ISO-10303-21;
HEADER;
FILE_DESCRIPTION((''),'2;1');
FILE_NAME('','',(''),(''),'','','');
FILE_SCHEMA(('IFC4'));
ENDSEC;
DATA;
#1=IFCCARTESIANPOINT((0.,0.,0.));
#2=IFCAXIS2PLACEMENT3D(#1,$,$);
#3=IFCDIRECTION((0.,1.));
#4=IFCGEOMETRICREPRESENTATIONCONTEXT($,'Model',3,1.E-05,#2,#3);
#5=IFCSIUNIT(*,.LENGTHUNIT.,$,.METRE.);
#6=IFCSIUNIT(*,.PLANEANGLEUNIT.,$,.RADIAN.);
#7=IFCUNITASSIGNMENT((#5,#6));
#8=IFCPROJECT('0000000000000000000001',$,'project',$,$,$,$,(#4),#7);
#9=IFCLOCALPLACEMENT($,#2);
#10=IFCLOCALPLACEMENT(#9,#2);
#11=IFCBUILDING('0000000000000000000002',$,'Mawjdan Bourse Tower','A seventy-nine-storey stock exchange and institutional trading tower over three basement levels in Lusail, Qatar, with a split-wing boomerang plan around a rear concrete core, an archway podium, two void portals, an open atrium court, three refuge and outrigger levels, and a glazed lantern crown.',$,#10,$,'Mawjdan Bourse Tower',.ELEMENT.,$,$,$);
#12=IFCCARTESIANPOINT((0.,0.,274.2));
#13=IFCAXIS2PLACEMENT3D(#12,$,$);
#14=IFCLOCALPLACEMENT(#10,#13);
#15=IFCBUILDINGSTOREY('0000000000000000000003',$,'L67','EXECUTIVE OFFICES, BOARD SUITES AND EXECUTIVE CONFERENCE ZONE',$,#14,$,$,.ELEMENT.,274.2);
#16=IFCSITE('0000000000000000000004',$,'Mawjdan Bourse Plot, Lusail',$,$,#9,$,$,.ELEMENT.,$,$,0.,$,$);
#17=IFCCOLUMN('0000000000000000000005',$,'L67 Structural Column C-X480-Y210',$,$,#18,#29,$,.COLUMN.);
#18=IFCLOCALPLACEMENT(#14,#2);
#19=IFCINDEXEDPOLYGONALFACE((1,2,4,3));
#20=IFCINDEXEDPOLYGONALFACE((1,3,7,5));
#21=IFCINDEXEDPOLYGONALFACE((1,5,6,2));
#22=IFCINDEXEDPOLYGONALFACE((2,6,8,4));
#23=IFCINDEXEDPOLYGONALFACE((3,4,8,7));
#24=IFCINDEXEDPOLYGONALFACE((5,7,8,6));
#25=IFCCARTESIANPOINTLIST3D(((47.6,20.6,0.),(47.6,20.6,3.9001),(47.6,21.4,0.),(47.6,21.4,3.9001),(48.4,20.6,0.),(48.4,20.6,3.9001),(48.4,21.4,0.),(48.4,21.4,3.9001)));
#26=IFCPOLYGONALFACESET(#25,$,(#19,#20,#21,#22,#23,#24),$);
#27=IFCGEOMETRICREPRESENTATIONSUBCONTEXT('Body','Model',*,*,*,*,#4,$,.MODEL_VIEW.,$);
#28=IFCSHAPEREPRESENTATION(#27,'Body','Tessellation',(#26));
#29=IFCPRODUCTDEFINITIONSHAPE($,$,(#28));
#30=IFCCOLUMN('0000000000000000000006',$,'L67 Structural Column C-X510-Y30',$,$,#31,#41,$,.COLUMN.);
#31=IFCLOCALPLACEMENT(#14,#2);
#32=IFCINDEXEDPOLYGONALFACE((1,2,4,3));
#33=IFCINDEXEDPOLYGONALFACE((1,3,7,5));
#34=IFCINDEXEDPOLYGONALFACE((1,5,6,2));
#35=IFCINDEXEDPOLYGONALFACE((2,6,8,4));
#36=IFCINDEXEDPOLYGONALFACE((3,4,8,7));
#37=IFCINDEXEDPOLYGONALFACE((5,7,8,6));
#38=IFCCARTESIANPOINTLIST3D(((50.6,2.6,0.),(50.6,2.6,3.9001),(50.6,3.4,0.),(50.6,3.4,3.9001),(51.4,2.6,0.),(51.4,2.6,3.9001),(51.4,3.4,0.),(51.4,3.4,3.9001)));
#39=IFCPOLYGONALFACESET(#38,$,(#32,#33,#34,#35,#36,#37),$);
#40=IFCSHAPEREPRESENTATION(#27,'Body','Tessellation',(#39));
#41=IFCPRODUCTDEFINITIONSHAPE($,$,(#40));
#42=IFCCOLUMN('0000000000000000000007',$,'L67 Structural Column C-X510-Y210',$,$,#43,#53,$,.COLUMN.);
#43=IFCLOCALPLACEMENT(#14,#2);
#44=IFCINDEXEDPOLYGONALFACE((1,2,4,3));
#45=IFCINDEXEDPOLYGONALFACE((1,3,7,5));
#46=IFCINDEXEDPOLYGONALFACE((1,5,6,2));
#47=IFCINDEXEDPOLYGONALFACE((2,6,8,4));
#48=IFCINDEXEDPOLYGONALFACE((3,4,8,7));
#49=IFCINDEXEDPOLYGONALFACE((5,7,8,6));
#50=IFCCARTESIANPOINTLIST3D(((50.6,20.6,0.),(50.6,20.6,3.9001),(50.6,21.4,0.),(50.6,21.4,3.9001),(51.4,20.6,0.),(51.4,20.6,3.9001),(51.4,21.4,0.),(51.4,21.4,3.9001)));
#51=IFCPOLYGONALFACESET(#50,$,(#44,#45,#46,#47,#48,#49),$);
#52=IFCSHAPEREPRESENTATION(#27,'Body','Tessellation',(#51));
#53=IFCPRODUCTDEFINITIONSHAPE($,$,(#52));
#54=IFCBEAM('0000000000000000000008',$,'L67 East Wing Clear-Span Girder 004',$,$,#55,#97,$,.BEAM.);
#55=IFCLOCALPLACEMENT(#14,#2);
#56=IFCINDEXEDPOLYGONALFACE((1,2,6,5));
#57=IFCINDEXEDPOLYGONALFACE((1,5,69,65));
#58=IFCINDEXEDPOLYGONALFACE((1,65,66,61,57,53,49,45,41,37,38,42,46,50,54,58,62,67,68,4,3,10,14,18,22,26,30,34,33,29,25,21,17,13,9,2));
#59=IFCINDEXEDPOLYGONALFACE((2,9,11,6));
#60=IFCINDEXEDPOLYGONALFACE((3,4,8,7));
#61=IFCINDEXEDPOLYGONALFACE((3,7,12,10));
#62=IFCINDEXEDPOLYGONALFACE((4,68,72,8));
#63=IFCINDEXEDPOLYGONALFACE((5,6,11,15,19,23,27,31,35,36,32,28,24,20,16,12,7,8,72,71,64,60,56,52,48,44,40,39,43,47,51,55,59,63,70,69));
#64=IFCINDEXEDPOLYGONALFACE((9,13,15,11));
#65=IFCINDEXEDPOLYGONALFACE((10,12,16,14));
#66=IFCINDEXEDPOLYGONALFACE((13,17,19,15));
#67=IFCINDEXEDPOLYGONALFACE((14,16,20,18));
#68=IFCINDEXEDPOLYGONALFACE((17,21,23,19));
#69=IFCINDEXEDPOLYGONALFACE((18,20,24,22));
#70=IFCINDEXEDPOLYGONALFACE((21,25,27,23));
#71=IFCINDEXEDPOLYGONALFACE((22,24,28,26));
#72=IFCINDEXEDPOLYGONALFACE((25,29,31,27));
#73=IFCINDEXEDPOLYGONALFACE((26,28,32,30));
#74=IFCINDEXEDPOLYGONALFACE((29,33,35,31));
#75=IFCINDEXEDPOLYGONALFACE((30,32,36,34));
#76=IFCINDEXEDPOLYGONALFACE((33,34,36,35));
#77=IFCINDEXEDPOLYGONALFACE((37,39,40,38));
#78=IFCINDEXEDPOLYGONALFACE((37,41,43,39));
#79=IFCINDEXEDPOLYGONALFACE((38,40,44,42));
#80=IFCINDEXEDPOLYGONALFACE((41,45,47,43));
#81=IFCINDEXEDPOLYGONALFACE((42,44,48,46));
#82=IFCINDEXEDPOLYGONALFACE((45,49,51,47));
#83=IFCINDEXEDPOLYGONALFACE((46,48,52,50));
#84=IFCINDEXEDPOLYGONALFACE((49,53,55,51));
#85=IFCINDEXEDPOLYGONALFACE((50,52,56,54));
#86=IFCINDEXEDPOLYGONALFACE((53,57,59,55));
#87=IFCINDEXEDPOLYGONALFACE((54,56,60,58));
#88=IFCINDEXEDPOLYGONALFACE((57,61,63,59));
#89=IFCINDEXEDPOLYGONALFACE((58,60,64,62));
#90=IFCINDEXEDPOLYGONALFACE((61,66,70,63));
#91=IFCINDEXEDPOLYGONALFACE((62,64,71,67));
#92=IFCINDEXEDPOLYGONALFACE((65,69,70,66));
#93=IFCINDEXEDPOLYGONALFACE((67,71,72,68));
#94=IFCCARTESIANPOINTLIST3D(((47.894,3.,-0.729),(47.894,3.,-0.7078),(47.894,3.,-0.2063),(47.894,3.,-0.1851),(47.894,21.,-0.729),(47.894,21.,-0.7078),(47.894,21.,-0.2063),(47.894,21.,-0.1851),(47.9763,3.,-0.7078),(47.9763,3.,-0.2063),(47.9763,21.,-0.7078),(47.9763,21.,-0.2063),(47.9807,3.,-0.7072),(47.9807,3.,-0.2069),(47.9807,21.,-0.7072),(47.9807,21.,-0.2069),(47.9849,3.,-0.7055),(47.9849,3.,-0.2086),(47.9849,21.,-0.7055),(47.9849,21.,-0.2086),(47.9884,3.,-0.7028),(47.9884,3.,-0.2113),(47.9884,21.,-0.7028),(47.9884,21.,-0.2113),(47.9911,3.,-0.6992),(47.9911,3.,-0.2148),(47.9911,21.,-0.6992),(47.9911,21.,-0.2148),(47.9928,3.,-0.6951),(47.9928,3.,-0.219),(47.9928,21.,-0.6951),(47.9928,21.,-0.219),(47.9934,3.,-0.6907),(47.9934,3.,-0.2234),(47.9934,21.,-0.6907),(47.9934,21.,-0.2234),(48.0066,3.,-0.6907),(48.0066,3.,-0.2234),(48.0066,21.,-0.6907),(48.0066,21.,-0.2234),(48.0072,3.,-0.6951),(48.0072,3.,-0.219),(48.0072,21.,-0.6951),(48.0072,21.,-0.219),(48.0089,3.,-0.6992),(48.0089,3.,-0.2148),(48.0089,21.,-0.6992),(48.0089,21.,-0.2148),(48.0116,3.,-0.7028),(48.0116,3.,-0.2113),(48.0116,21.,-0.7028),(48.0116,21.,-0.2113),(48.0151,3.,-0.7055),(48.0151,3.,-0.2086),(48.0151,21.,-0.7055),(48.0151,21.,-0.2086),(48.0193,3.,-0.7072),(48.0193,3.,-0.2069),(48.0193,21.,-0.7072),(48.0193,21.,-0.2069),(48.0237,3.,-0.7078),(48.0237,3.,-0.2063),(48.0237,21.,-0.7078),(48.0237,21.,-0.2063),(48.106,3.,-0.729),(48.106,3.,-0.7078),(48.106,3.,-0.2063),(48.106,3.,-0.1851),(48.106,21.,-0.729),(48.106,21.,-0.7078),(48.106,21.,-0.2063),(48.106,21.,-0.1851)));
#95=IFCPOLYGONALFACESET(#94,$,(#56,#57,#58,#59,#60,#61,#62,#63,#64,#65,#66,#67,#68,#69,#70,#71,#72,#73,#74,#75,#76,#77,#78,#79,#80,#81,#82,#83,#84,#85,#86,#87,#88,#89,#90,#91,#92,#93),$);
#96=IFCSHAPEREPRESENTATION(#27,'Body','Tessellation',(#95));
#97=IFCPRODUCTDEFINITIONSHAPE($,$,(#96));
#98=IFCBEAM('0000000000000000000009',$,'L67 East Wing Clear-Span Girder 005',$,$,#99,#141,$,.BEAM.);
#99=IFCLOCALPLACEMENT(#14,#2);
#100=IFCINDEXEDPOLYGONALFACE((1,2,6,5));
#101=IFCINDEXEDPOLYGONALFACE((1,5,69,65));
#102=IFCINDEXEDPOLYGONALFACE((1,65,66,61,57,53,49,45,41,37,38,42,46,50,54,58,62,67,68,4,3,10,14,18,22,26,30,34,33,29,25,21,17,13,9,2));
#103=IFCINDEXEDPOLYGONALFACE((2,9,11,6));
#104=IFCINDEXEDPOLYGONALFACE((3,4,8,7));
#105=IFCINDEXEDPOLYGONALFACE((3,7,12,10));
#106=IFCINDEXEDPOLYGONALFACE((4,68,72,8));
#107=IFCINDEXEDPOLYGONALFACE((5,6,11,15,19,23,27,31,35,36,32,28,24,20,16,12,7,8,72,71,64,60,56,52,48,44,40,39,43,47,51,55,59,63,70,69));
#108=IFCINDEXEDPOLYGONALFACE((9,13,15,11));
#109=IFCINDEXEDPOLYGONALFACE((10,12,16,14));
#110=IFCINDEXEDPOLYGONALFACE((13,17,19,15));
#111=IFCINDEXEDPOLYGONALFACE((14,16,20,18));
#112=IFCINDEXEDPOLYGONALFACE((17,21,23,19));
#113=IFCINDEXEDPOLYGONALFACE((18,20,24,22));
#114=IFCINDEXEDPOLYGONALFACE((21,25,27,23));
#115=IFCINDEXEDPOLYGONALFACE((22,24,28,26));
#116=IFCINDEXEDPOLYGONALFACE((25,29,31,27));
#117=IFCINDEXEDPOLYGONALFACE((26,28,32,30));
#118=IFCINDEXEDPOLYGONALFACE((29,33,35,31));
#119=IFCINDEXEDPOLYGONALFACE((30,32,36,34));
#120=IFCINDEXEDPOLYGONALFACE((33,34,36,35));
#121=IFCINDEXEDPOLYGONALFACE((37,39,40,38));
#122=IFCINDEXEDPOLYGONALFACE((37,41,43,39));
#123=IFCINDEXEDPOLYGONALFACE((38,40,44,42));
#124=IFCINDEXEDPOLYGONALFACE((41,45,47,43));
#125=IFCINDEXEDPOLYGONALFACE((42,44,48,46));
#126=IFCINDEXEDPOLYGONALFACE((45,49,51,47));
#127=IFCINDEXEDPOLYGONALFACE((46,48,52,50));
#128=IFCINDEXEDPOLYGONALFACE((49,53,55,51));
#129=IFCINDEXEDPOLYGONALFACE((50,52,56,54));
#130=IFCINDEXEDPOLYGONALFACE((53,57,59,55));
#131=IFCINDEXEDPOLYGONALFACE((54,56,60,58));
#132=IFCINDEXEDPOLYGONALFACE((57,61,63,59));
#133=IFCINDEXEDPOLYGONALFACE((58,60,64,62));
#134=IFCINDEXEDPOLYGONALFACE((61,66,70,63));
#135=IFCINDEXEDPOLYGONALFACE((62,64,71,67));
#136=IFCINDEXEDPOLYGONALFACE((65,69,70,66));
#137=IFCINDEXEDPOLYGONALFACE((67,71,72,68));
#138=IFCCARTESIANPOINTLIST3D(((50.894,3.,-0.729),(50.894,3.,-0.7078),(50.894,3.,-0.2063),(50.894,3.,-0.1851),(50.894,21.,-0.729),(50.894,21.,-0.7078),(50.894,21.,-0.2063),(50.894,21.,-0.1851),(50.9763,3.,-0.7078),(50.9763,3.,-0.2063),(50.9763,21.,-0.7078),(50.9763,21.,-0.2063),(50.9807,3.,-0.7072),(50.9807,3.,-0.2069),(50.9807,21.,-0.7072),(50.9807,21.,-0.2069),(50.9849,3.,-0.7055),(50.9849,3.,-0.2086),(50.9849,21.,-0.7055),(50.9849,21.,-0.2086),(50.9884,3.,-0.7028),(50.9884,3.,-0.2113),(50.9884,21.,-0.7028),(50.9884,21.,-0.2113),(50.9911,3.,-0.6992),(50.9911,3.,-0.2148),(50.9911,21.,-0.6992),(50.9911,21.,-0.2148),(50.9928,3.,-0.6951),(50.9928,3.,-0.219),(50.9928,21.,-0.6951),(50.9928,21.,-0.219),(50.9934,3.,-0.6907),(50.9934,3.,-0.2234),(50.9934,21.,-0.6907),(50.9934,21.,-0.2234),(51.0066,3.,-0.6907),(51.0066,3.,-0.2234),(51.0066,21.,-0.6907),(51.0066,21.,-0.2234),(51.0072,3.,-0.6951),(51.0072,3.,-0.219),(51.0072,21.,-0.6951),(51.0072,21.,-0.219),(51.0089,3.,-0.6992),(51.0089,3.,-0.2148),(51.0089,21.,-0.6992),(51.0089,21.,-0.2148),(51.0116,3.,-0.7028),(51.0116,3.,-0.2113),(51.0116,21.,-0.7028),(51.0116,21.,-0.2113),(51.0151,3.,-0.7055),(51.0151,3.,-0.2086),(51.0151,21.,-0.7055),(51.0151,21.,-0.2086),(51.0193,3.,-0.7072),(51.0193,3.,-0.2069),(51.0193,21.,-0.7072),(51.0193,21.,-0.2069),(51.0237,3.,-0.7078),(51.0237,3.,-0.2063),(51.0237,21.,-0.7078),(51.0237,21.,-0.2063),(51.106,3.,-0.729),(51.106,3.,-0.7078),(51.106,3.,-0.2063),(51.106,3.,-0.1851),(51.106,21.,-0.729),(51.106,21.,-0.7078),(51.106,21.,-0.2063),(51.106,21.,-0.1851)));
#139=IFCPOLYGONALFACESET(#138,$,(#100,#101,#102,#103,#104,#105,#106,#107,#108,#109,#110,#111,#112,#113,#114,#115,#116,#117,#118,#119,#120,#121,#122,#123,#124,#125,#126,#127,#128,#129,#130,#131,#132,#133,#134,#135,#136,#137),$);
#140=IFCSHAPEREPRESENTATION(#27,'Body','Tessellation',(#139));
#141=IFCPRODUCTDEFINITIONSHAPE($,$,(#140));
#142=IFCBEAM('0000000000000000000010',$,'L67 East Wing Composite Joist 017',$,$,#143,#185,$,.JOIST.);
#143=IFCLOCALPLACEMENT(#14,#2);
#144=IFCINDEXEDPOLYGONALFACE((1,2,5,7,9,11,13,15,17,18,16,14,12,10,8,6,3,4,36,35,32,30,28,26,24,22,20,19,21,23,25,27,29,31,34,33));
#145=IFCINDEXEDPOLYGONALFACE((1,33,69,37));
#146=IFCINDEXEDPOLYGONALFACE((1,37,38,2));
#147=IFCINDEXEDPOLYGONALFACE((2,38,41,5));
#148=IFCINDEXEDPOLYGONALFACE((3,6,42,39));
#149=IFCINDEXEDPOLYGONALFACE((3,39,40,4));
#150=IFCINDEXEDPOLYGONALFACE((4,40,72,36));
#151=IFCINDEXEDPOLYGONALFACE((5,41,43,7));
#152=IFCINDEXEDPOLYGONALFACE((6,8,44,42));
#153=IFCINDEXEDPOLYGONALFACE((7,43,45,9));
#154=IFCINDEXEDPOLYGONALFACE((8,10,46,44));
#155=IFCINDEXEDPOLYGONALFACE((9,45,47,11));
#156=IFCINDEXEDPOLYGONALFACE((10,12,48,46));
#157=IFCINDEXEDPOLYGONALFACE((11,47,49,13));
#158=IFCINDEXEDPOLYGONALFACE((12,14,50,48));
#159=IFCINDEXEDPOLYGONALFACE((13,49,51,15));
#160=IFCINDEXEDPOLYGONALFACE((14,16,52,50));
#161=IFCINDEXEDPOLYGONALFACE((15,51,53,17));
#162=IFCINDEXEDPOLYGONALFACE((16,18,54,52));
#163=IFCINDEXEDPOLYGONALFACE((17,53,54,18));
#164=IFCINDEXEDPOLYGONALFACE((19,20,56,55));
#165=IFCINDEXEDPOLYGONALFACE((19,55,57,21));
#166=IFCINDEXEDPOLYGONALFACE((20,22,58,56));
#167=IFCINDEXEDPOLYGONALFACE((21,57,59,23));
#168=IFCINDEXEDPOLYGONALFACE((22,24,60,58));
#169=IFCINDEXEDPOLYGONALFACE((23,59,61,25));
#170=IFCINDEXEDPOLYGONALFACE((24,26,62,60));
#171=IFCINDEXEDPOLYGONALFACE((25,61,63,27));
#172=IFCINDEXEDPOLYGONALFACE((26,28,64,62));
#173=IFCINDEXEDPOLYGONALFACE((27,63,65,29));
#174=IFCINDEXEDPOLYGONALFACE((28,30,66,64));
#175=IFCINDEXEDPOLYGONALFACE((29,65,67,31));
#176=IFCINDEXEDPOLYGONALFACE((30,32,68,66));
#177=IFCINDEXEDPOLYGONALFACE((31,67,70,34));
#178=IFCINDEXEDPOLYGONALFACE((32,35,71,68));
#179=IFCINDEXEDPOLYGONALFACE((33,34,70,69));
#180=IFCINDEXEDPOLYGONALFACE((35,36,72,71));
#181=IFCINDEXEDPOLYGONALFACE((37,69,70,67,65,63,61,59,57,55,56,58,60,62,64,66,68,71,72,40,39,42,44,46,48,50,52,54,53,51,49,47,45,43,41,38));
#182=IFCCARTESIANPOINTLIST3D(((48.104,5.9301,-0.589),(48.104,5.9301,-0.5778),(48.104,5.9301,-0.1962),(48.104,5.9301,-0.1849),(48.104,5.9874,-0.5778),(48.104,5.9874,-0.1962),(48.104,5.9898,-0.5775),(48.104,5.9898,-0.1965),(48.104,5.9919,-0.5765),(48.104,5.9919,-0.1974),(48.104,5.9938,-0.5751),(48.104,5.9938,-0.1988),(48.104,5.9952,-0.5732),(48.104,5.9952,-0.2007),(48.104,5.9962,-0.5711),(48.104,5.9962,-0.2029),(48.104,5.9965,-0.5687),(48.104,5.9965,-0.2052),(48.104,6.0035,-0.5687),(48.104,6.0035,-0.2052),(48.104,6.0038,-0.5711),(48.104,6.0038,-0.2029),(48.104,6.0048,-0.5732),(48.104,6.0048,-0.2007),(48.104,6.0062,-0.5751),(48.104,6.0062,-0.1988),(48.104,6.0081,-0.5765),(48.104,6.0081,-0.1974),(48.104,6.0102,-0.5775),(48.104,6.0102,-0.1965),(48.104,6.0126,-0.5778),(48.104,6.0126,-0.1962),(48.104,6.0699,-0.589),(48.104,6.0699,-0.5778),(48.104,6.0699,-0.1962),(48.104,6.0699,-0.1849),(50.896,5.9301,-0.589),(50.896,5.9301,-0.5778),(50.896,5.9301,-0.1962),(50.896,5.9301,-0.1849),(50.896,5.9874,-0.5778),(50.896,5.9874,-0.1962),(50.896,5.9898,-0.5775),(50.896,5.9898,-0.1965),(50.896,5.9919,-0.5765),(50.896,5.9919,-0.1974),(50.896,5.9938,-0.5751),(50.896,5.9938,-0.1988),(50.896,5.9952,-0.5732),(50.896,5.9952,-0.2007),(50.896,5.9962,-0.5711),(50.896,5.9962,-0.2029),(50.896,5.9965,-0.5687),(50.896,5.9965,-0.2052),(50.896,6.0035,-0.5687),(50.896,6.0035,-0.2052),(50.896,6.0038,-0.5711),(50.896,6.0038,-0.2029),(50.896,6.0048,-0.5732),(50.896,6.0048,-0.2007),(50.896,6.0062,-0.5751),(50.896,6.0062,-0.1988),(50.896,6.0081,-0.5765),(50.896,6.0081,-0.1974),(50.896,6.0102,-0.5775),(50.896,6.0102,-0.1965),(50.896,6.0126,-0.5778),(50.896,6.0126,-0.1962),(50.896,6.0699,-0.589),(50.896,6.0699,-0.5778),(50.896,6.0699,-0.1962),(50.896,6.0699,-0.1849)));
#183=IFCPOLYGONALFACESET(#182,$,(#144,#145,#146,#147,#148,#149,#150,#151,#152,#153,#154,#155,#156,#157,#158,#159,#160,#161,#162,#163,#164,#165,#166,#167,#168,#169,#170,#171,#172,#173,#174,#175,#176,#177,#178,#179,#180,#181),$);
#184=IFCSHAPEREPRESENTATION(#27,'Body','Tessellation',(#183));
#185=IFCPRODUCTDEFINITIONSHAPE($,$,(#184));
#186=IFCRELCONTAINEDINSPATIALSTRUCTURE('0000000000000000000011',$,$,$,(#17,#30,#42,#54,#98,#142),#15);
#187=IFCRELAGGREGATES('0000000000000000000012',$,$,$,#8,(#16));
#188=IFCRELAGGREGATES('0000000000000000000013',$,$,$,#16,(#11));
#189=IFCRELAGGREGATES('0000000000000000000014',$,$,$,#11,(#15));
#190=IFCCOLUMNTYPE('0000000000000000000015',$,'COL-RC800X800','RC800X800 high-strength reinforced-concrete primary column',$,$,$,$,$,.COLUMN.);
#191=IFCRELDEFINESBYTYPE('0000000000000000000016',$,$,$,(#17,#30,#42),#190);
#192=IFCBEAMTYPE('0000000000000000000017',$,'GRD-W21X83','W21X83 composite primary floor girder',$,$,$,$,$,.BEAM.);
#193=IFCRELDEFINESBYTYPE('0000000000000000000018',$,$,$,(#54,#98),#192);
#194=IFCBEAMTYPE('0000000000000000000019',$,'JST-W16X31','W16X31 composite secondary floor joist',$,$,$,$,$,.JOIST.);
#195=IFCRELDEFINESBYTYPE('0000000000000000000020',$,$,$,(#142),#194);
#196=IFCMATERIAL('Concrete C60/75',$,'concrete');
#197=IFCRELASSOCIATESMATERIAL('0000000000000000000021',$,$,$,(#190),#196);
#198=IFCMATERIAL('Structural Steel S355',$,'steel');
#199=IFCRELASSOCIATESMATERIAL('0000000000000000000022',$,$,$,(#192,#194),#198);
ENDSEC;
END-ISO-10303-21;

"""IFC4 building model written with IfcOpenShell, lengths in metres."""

from ifc_helpers import new_model, si_unit, direction, frame, origin, origin_2d, place, context, subcontext, project, spatial, rectangle, i_section, extrude, material, material_profile, profile_set, type_object, element, save


model = new_model("IFC4")

# Units and contexts
model_context = context("Model", 3, precision=1e-05, world=origin(), true_north=direction((0.0, 1.0)))
body_context = subcontext(model_context, "Body", "Model", "MODEL_VIEW")
ifc_project = project(units=[si_unit("LENGTHUNIT", "METRE"), si_unit("PLANEANGLEUNIT", "RADIAN")], contexts=[model_context])

# Site, building, storey
site_placement = place(None, origin())
site = spatial("IfcSite", under=ifc_project, at=site_placement, Name="Mawjdan Bourse Plot, Lusail", CompositionType="ELEMENT", RefElevation=0.0)
building_placement = place(site_placement, origin())
building = spatial("IfcBuilding", under=site, at=building_placement, Name="Mawjdan Bourse Tower", Description="A seventy-nine-storey stock exchange and institutional trading tower over three basement levels in Lusail, Qatar, with a split-wing boomerang plan around a rear concrete core, an archway podium, two void portals, an open atrium court, three refuge and outrigger levels, and a glazed lantern crown.", LongName="Mawjdan Bourse Tower", CompositionType="ELEMENT")
storey_placement = place(building_placement, frame((0.0, 0.0, 274.2)))
storey = spatial("IfcBuildingStorey", under=building, at=storey_placement, Name="L67", Description="EXECUTIVE OFFICES, BOARD SUITES AND EXECUTIVE CONFERENCE ZONE", CompositionType="ELEMENT", Elevation=274.2)

# Columns
ifc_material_1 = material(Name="Concrete C60/75", Category="concrete")
ifc_material_profile_1 = material_profile(ifc_material_1, rectangle(XDim=0.8, YDim=0.8, at=origin_2d()), Name="RC800X800")
ifc_profile_set_1 = profile_set([ifc_material_profile_1], Name="Concrete C60/75")
column_type = type_object("IfcColumnType", Name="COL-RC800X800", Description="RC800X800 high-strength reinforced-concrete primary column", PredefinedType="COLUMN", material=ifc_profile_set_1)
for number, where, z_axis, x_axis, name in (
    (1, (48.0, 21.0, 0.0), (0.0, 0.0, 1.0), (1.0, 0.0, 0.0), "L67 Structural Column C-X480-Y210"),
    (2, (51.0, 3.0, 0.0), (0.0, 0.0, 1.0), (1.0, 0.0, 0.0), "L67 Structural Column C-X510-Y30"),
    (3, (51.0, 21.0, 0.0), (0.0, 0.0, 1.0), (1.0, 0.0, 0.0), "L67 Structural Column C-X510-Y210"),
):
    element("IfcColumn", number, at=place(storey_placement, frame(where, z_axis=z_axis, x_axis=x_axis)), inside=storey, type_object=column_type, Name=name, PredefinedType="COLUMN", context=body_context, shape_type="SweptSolid", body=[
        extrude(rectangle(XDim=0.8, YDim=0.8, at=origin_2d()), origin(), (0.0, 0.0, 1.0), 3.9001),
    ])

# Beams
ifc_material_2 = material(Name="Structural Steel S355", Category="steel")
ifc_material_profile_2 = material_profile(ifc_material_2, i_section(OverallWidth=0.2119, OverallDepth=0.5439, WebThickness=0.0132, FlangeThickness=0.0212, FilletRadius=0.0171, at=origin_2d()), Name="W21X83")
ifc_profile_set_2 = profile_set([ifc_material_profile_2], Name="Structural Steel S355")
beam_type_1 = type_object("IfcBeamType", Name="GRD-W21X83", Description="W21X83 composite primary floor girder", PredefinedType="BEAM", material=ifc_profile_set_2)
for number, where, z_axis, x_axis, name in (
    (4, (48.0, 3.0, -0.457), (0.0, 1.0, 0.0), (-1.0, 0.0, 0.0), "L67 East Wing Clear-Span Girder 004"),
    (5, (51.0, 3.0, -0.457), (0.0, 1.0, 0.0), (-1.0, 0.0, 0.0), "L67 East Wing Clear-Span Girder 005"),
):
    element("IfcBeam", number, at=place(storey_placement, frame(where, z_axis=z_axis, x_axis=x_axis)), inside=storey, type_object=beam_type_1, Name=name, PredefinedType="BEAM", context=body_context, shape_type="SweptSolid", body=[
        extrude(i_section(OverallWidth=0.2119, OverallDepth=0.5439, WebThickness=0.0132, FlangeThickness=0.0212, FilletRadius=0.0171, at=origin_2d()), origin(), (0.0, 0.0, 1.0), 18.0),
    ])
ifc_material_profile_3 = material_profile(ifc_material_2, i_section(OverallWidth=0.1399, OverallDepth=0.4041, WebThickness=0.0071, FlangeThickness=0.0112, FilletRadius=0.009, at=origin_2d()), Name="W16X31")
ifc_profile_set_3 = profile_set([ifc_material_profile_3], Name="Structural Steel S355")
beam_type_2 = type_object("IfcBeamType", Name="JST-W16X31", Description="W16X31 composite secondary floor joist", PredefinedType="JOIST", material=ifc_profile_set_3)
for number, where, z_axis, x_axis, name in (
    (6, (48.104, 6.0, -0.387), (1.0, 0.0, 0.0), (0.0, 1.0, 0.0), "L67 East Wing Composite Joist 017"),
):
    element("IfcBeam", number, at=place(storey_placement, frame(where, z_axis=z_axis, x_axis=x_axis)), inside=storey, type_object=beam_type_2, Name=name, PredefinedType="JOIST", context=body_context, shape_type="SweptSolid", body=[
        extrude(i_section(OverallWidth=0.1399, OverallDepth=0.4041, WebThickness=0.0071, FlangeThickness=0.0112, FilletRadius=0.009, at=origin_2d()), origin(), (0.0, 0.0, 1.0), 2.792),
    ])

save(model, "model.ifc")
